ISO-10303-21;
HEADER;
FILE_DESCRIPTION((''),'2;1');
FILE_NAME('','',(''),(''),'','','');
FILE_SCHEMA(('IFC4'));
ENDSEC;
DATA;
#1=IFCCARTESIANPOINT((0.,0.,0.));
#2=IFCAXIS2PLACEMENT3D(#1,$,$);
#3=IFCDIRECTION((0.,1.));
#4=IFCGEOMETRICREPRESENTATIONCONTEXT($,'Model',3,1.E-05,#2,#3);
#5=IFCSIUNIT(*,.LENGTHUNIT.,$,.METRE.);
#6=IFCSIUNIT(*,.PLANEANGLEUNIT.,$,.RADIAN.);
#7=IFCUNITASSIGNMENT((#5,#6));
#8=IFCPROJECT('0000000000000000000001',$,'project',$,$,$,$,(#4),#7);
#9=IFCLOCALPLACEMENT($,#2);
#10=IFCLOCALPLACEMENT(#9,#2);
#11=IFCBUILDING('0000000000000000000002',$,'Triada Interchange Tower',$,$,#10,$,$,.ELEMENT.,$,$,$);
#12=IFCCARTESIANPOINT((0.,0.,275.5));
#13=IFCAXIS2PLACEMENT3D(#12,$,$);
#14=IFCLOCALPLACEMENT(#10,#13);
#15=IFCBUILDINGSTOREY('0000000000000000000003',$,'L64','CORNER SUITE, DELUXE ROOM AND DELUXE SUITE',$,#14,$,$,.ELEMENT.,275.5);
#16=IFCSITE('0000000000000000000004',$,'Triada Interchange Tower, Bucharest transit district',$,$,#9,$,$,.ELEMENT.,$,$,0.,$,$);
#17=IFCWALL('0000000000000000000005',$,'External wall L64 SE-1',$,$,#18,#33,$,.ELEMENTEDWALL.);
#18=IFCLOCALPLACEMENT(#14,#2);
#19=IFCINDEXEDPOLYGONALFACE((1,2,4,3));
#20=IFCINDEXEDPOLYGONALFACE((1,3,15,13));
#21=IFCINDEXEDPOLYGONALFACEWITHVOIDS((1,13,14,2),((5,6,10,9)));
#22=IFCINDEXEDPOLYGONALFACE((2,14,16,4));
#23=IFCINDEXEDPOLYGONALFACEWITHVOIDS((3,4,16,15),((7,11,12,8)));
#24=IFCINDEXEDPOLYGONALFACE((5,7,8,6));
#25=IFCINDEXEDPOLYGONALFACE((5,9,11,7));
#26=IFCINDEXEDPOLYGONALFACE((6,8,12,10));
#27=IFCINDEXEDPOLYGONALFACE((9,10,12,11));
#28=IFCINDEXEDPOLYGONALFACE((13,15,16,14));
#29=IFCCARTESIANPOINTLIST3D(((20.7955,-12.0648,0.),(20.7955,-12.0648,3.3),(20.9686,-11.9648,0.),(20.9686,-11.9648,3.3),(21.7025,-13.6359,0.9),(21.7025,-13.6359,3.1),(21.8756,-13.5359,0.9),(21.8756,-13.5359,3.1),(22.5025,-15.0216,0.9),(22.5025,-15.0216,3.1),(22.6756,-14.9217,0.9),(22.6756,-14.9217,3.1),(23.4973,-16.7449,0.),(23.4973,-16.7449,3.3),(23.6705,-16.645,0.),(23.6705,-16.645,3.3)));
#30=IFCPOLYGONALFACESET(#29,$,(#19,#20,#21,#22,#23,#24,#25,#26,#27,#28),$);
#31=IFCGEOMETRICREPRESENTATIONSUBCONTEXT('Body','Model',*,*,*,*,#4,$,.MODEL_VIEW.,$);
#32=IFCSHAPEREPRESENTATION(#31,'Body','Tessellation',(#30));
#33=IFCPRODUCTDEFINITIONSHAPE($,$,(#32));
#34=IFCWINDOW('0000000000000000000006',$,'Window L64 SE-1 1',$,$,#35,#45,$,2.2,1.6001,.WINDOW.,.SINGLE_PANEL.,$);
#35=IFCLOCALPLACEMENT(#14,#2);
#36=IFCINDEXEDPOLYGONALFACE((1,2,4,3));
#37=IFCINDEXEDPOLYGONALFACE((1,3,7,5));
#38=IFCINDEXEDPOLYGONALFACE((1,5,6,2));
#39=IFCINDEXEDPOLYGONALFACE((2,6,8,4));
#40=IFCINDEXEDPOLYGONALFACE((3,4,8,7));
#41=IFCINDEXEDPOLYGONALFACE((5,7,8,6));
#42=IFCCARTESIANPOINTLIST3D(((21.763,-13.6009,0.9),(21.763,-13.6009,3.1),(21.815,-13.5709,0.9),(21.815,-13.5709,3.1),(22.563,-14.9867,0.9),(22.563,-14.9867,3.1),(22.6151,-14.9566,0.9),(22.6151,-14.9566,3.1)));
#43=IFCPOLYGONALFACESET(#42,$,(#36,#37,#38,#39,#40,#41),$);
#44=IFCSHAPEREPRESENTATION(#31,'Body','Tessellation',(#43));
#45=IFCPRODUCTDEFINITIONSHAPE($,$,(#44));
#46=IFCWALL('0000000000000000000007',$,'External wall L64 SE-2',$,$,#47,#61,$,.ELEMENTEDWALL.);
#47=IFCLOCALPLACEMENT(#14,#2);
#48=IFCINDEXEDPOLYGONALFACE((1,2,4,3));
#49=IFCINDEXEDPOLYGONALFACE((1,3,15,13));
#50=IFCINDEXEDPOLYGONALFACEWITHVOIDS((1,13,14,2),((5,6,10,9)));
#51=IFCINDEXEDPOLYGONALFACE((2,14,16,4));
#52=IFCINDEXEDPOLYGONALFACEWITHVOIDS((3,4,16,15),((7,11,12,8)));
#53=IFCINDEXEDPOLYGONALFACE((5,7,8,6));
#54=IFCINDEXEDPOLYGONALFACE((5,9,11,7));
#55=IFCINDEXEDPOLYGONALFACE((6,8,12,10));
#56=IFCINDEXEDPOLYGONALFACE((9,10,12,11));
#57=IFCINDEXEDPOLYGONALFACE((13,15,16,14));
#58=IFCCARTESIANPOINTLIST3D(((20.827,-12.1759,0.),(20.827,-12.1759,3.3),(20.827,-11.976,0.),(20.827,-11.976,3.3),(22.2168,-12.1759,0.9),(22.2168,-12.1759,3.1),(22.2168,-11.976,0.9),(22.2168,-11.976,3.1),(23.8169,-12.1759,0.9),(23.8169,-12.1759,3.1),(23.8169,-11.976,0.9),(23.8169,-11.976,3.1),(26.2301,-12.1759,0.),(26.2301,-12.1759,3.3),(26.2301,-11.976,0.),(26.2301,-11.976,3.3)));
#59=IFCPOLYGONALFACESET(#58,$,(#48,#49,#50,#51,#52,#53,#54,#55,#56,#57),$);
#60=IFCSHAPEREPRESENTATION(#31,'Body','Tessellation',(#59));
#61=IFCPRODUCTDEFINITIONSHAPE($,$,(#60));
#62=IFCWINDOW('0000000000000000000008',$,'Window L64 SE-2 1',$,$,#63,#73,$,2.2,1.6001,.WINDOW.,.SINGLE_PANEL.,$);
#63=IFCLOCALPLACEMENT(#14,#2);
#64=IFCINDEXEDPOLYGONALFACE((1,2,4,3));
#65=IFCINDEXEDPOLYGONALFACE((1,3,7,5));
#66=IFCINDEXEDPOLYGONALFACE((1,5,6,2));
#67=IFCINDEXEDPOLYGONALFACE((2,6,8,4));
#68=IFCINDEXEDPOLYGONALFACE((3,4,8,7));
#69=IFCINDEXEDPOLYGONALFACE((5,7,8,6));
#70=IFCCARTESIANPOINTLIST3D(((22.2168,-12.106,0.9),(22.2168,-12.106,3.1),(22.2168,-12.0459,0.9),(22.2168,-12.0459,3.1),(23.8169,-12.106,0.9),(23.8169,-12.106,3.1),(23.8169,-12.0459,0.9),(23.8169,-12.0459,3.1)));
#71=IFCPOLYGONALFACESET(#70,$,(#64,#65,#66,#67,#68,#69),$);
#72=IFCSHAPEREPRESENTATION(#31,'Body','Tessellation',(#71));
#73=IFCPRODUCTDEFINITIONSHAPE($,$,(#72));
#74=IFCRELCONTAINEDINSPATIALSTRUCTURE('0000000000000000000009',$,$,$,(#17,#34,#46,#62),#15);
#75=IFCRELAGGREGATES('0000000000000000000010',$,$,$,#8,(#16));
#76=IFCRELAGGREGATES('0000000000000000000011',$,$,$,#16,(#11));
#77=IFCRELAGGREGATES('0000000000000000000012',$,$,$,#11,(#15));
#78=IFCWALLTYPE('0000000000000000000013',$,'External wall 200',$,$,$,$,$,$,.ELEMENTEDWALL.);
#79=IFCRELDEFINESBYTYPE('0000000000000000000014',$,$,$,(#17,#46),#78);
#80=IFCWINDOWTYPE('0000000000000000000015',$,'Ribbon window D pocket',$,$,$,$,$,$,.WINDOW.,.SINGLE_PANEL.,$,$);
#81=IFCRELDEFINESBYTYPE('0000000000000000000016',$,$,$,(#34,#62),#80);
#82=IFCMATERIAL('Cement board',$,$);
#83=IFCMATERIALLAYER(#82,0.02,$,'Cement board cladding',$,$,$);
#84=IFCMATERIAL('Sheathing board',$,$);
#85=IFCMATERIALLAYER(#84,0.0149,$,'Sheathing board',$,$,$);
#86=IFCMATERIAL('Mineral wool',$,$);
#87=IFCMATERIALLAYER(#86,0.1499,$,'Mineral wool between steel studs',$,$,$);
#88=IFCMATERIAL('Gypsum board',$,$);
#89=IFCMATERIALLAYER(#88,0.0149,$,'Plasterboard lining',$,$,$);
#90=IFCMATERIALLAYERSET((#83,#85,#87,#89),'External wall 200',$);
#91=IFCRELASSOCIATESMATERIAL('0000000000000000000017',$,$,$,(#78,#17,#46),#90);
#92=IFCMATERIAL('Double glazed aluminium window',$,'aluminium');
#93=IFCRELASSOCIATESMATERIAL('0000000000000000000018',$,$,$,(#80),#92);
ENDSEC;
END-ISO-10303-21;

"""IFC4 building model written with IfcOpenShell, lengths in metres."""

from ifc_helpers import new_model, si_unit, direction, frame, frame_2d, origin, place, context, subcontext, project, spatial, rectangle, extrude, material, layer, layer_set, layer_usage, type_object, element, fill, save


model = new_model("IFC4")

# Units and contexts
model_context = context("Model", 3, precision=1e-05, world=origin(), true_north=direction((0.0, 1.0)))
body_context = subcontext(model_context, "Body", "Model", "MODEL_VIEW")
ifc_project = project(units=[si_unit("LENGTHUNIT", "METRE"), si_unit("PLANEANGLEUNIT", "RADIAN")], contexts=[model_context])

# Site, building, storey
site_placement = place(None, origin())
site = spatial("IfcSite", under=ifc_project, at=site_placement, Name="Triada Interchange Tower, Bucharest transit district", CompositionType="ELEMENT", RefElevation=0.0)
building_placement = place(site_placement, origin())
building = spatial("IfcBuilding", under=site, at=building_placement, Name="Triada Interchange Tower", CompositionType="ELEMENT")
storey_placement = place(building_placement, frame((0.0, 0.0, 275.5)))
storey = spatial("IfcBuildingStorey", under=building, at=storey_placement, Name="L64", Description="CORNER SUITE, DELUXE ROOM AND DELUXE SUITE", CompositionType="ELEMENT", Elevation=275.5)

# Walls, openings, windows
ifc_material_1 = material(Name="Cement board")
ifc_layer_1 = layer(ifc_material_1, 0.02, Name="Cement board cladding")
ifc_material_2 = material(Name="Sheathing board")
ifc_layer_2 = layer(ifc_material_2, 0.0149, Name="Sheathing board")
ifc_material_3 = material(Name="Mineral wool")
ifc_layer_3 = layer(ifc_material_3, 0.1499, Name="Mineral wool between steel studs")
ifc_material_4 = material(Name="Gypsum board")
ifc_layer_4 = layer(ifc_material_4, 0.0149, Name="Plasterboard lining")
ifc_layer_set_1 = layer_set([ifc_layer_1, ifc_layer_2, ifc_layer_3, ifc_layer_4], Name="External wall 200")
ifc_layer_usage = layer_usage(ifc_layer_set_1, "AXIS2", "POSITIVE", -0.1001)
wall_type = type_object("IfcWallType", Name="External wall 200", PredefinedType="ELEMENTEDWALL", material=ifc_layer_set_1)
wall_1_placement = place(storey_placement, frame((23.584, -16.6951, 0.0), z_axis=(0.0, 0.0, 1.0), x_axis=(-0.499973, 0.866041, 0.0)))
wall_1 = element("IfcWall", 1, at=wall_1_placement, inside=storey, type_object=wall_type, material=ifc_layer_usage, Name="External wall L64 SE-1", PredefinedType="ELEMENTEDWALL", context=body_context, shape_type="SweptSolid", body=[
    extrude(rectangle(XDim=5.4041, YDim=0.2, at=frame_2d((2.7021, 0.0))), origin(), (0.0, 0.0, 1.0), 3.3),
])
opening_1_placement = place(wall_1_placement, frame((1.99, 0.0, 0.8999)))
opening_1 = element("IfcOpeningElement", 2, at=opening_1_placement, cuts=wall_1, PredefinedType="OPENING", context=body_context, shape_type="SweptSolid", body=[
    extrude(rectangle(XDim=1.6001, YDim=2.2, at=frame_2d((0.8, 1.1001))), frame((0.0, 0.1099, 0.0), z_axis=(0.0, -1.0, 0.0), x_axis=(1.0, 0.0, 0.0)), (0.0, 0.0, 1.0), 0.22),
])
ifc_material_5 = material(Name="Double glazed aluminium window", Category="aluminium")
window_type_1 = type_object("IfcWindowType", Name="Ribbon window D pocket", PartitioningType="SINGLE_PANEL", PredefinedType="WINDOW", material=ifc_material_5)
window_1_placement = place(opening_1_placement, origin())
window_1 = element("IfcWindow", 3, at=window_1_placement, inside=storey, type_object=window_type_1, Name="Window L64 SE-1 1", OverallHeight=2.2, OverallWidth=1.6001, PartitioningType="SINGLE_PANEL", PredefinedType="WINDOW", context=body_context, shape_type="SweptSolid", body=[
    extrude(rectangle(XDim=1.6001, YDim=2.2, at=frame_2d((0.8, 1.1001))), frame((0.0, 0.03, 0.0), z_axis=(0.0, -1.0, 0.0), x_axis=(1.0, 0.0, 0.0)), (0.0, 0.0, 1.0), 0.0601),
])
fill(opening_1, window_1)
wall_2_placement = place(storey_placement, frame((20.8269, -12.0759, 0.0), z_axis=(0.0, 0.0, 1.0), x_axis=(1.0, 0.0, 0.0)))
wall_2 = element("IfcWall", 4, at=wall_2_placement, inside=storey, type_object=wall_type, material=ifc_layer_usage, Name="External wall L64 SE-2", PredefinedType="ELEMENTEDWALL", context=body_context, shape_type="SweptSolid", body=[
    extrude(rectangle(XDim=5.4031, YDim=0.2, at=frame_2d((2.7017, 0.0))), origin(), (0.0, 0.0, 1.0), 3.3),
])
opening_2_placement = place(wall_2_placement, frame((1.3899, 0.0, 0.8999)))
opening_2 = element("IfcOpeningElement", 5, at=opening_2_placement, cuts=wall_2, PredefinedType="OPENING", context=body_context, shape_type="SweptSolid", body=[
    extrude(rectangle(XDim=1.6001, YDim=2.2, at=frame_2d((0.8, 1.1001))), frame((0.0, 0.1099, 0.0), z_axis=(0.0, -1.0, 0.0), x_axis=(1.0, 0.0, 0.0)), (0.0, 0.0, 1.0), 0.22),
])
window_2_placement = place(opening_2_placement, origin())
window_2 = element("IfcWindow", 6, at=window_2_placement, inside=storey, type_object=window_type_1, Name="Window L64 SE-2 1", OverallHeight=2.2, OverallWidth=1.6001, PartitioningType="SINGLE_PANEL", PredefinedType="WINDOW", context=body_context, shape_type="SweptSolid", body=[
    extrude(rectangle(XDim=1.6001, YDim=2.2, at=frame_2d((0.8, 1.1001))), frame((0.0, 0.03, 0.0), z_axis=(0.0, -1.0, 0.0), x_axis=(1.0, 0.0, 0.0)), (0.0, 0.0, 1.0), 0.0601),
])
fill(opening_2, window_2)

save(model, "model.ifc")
